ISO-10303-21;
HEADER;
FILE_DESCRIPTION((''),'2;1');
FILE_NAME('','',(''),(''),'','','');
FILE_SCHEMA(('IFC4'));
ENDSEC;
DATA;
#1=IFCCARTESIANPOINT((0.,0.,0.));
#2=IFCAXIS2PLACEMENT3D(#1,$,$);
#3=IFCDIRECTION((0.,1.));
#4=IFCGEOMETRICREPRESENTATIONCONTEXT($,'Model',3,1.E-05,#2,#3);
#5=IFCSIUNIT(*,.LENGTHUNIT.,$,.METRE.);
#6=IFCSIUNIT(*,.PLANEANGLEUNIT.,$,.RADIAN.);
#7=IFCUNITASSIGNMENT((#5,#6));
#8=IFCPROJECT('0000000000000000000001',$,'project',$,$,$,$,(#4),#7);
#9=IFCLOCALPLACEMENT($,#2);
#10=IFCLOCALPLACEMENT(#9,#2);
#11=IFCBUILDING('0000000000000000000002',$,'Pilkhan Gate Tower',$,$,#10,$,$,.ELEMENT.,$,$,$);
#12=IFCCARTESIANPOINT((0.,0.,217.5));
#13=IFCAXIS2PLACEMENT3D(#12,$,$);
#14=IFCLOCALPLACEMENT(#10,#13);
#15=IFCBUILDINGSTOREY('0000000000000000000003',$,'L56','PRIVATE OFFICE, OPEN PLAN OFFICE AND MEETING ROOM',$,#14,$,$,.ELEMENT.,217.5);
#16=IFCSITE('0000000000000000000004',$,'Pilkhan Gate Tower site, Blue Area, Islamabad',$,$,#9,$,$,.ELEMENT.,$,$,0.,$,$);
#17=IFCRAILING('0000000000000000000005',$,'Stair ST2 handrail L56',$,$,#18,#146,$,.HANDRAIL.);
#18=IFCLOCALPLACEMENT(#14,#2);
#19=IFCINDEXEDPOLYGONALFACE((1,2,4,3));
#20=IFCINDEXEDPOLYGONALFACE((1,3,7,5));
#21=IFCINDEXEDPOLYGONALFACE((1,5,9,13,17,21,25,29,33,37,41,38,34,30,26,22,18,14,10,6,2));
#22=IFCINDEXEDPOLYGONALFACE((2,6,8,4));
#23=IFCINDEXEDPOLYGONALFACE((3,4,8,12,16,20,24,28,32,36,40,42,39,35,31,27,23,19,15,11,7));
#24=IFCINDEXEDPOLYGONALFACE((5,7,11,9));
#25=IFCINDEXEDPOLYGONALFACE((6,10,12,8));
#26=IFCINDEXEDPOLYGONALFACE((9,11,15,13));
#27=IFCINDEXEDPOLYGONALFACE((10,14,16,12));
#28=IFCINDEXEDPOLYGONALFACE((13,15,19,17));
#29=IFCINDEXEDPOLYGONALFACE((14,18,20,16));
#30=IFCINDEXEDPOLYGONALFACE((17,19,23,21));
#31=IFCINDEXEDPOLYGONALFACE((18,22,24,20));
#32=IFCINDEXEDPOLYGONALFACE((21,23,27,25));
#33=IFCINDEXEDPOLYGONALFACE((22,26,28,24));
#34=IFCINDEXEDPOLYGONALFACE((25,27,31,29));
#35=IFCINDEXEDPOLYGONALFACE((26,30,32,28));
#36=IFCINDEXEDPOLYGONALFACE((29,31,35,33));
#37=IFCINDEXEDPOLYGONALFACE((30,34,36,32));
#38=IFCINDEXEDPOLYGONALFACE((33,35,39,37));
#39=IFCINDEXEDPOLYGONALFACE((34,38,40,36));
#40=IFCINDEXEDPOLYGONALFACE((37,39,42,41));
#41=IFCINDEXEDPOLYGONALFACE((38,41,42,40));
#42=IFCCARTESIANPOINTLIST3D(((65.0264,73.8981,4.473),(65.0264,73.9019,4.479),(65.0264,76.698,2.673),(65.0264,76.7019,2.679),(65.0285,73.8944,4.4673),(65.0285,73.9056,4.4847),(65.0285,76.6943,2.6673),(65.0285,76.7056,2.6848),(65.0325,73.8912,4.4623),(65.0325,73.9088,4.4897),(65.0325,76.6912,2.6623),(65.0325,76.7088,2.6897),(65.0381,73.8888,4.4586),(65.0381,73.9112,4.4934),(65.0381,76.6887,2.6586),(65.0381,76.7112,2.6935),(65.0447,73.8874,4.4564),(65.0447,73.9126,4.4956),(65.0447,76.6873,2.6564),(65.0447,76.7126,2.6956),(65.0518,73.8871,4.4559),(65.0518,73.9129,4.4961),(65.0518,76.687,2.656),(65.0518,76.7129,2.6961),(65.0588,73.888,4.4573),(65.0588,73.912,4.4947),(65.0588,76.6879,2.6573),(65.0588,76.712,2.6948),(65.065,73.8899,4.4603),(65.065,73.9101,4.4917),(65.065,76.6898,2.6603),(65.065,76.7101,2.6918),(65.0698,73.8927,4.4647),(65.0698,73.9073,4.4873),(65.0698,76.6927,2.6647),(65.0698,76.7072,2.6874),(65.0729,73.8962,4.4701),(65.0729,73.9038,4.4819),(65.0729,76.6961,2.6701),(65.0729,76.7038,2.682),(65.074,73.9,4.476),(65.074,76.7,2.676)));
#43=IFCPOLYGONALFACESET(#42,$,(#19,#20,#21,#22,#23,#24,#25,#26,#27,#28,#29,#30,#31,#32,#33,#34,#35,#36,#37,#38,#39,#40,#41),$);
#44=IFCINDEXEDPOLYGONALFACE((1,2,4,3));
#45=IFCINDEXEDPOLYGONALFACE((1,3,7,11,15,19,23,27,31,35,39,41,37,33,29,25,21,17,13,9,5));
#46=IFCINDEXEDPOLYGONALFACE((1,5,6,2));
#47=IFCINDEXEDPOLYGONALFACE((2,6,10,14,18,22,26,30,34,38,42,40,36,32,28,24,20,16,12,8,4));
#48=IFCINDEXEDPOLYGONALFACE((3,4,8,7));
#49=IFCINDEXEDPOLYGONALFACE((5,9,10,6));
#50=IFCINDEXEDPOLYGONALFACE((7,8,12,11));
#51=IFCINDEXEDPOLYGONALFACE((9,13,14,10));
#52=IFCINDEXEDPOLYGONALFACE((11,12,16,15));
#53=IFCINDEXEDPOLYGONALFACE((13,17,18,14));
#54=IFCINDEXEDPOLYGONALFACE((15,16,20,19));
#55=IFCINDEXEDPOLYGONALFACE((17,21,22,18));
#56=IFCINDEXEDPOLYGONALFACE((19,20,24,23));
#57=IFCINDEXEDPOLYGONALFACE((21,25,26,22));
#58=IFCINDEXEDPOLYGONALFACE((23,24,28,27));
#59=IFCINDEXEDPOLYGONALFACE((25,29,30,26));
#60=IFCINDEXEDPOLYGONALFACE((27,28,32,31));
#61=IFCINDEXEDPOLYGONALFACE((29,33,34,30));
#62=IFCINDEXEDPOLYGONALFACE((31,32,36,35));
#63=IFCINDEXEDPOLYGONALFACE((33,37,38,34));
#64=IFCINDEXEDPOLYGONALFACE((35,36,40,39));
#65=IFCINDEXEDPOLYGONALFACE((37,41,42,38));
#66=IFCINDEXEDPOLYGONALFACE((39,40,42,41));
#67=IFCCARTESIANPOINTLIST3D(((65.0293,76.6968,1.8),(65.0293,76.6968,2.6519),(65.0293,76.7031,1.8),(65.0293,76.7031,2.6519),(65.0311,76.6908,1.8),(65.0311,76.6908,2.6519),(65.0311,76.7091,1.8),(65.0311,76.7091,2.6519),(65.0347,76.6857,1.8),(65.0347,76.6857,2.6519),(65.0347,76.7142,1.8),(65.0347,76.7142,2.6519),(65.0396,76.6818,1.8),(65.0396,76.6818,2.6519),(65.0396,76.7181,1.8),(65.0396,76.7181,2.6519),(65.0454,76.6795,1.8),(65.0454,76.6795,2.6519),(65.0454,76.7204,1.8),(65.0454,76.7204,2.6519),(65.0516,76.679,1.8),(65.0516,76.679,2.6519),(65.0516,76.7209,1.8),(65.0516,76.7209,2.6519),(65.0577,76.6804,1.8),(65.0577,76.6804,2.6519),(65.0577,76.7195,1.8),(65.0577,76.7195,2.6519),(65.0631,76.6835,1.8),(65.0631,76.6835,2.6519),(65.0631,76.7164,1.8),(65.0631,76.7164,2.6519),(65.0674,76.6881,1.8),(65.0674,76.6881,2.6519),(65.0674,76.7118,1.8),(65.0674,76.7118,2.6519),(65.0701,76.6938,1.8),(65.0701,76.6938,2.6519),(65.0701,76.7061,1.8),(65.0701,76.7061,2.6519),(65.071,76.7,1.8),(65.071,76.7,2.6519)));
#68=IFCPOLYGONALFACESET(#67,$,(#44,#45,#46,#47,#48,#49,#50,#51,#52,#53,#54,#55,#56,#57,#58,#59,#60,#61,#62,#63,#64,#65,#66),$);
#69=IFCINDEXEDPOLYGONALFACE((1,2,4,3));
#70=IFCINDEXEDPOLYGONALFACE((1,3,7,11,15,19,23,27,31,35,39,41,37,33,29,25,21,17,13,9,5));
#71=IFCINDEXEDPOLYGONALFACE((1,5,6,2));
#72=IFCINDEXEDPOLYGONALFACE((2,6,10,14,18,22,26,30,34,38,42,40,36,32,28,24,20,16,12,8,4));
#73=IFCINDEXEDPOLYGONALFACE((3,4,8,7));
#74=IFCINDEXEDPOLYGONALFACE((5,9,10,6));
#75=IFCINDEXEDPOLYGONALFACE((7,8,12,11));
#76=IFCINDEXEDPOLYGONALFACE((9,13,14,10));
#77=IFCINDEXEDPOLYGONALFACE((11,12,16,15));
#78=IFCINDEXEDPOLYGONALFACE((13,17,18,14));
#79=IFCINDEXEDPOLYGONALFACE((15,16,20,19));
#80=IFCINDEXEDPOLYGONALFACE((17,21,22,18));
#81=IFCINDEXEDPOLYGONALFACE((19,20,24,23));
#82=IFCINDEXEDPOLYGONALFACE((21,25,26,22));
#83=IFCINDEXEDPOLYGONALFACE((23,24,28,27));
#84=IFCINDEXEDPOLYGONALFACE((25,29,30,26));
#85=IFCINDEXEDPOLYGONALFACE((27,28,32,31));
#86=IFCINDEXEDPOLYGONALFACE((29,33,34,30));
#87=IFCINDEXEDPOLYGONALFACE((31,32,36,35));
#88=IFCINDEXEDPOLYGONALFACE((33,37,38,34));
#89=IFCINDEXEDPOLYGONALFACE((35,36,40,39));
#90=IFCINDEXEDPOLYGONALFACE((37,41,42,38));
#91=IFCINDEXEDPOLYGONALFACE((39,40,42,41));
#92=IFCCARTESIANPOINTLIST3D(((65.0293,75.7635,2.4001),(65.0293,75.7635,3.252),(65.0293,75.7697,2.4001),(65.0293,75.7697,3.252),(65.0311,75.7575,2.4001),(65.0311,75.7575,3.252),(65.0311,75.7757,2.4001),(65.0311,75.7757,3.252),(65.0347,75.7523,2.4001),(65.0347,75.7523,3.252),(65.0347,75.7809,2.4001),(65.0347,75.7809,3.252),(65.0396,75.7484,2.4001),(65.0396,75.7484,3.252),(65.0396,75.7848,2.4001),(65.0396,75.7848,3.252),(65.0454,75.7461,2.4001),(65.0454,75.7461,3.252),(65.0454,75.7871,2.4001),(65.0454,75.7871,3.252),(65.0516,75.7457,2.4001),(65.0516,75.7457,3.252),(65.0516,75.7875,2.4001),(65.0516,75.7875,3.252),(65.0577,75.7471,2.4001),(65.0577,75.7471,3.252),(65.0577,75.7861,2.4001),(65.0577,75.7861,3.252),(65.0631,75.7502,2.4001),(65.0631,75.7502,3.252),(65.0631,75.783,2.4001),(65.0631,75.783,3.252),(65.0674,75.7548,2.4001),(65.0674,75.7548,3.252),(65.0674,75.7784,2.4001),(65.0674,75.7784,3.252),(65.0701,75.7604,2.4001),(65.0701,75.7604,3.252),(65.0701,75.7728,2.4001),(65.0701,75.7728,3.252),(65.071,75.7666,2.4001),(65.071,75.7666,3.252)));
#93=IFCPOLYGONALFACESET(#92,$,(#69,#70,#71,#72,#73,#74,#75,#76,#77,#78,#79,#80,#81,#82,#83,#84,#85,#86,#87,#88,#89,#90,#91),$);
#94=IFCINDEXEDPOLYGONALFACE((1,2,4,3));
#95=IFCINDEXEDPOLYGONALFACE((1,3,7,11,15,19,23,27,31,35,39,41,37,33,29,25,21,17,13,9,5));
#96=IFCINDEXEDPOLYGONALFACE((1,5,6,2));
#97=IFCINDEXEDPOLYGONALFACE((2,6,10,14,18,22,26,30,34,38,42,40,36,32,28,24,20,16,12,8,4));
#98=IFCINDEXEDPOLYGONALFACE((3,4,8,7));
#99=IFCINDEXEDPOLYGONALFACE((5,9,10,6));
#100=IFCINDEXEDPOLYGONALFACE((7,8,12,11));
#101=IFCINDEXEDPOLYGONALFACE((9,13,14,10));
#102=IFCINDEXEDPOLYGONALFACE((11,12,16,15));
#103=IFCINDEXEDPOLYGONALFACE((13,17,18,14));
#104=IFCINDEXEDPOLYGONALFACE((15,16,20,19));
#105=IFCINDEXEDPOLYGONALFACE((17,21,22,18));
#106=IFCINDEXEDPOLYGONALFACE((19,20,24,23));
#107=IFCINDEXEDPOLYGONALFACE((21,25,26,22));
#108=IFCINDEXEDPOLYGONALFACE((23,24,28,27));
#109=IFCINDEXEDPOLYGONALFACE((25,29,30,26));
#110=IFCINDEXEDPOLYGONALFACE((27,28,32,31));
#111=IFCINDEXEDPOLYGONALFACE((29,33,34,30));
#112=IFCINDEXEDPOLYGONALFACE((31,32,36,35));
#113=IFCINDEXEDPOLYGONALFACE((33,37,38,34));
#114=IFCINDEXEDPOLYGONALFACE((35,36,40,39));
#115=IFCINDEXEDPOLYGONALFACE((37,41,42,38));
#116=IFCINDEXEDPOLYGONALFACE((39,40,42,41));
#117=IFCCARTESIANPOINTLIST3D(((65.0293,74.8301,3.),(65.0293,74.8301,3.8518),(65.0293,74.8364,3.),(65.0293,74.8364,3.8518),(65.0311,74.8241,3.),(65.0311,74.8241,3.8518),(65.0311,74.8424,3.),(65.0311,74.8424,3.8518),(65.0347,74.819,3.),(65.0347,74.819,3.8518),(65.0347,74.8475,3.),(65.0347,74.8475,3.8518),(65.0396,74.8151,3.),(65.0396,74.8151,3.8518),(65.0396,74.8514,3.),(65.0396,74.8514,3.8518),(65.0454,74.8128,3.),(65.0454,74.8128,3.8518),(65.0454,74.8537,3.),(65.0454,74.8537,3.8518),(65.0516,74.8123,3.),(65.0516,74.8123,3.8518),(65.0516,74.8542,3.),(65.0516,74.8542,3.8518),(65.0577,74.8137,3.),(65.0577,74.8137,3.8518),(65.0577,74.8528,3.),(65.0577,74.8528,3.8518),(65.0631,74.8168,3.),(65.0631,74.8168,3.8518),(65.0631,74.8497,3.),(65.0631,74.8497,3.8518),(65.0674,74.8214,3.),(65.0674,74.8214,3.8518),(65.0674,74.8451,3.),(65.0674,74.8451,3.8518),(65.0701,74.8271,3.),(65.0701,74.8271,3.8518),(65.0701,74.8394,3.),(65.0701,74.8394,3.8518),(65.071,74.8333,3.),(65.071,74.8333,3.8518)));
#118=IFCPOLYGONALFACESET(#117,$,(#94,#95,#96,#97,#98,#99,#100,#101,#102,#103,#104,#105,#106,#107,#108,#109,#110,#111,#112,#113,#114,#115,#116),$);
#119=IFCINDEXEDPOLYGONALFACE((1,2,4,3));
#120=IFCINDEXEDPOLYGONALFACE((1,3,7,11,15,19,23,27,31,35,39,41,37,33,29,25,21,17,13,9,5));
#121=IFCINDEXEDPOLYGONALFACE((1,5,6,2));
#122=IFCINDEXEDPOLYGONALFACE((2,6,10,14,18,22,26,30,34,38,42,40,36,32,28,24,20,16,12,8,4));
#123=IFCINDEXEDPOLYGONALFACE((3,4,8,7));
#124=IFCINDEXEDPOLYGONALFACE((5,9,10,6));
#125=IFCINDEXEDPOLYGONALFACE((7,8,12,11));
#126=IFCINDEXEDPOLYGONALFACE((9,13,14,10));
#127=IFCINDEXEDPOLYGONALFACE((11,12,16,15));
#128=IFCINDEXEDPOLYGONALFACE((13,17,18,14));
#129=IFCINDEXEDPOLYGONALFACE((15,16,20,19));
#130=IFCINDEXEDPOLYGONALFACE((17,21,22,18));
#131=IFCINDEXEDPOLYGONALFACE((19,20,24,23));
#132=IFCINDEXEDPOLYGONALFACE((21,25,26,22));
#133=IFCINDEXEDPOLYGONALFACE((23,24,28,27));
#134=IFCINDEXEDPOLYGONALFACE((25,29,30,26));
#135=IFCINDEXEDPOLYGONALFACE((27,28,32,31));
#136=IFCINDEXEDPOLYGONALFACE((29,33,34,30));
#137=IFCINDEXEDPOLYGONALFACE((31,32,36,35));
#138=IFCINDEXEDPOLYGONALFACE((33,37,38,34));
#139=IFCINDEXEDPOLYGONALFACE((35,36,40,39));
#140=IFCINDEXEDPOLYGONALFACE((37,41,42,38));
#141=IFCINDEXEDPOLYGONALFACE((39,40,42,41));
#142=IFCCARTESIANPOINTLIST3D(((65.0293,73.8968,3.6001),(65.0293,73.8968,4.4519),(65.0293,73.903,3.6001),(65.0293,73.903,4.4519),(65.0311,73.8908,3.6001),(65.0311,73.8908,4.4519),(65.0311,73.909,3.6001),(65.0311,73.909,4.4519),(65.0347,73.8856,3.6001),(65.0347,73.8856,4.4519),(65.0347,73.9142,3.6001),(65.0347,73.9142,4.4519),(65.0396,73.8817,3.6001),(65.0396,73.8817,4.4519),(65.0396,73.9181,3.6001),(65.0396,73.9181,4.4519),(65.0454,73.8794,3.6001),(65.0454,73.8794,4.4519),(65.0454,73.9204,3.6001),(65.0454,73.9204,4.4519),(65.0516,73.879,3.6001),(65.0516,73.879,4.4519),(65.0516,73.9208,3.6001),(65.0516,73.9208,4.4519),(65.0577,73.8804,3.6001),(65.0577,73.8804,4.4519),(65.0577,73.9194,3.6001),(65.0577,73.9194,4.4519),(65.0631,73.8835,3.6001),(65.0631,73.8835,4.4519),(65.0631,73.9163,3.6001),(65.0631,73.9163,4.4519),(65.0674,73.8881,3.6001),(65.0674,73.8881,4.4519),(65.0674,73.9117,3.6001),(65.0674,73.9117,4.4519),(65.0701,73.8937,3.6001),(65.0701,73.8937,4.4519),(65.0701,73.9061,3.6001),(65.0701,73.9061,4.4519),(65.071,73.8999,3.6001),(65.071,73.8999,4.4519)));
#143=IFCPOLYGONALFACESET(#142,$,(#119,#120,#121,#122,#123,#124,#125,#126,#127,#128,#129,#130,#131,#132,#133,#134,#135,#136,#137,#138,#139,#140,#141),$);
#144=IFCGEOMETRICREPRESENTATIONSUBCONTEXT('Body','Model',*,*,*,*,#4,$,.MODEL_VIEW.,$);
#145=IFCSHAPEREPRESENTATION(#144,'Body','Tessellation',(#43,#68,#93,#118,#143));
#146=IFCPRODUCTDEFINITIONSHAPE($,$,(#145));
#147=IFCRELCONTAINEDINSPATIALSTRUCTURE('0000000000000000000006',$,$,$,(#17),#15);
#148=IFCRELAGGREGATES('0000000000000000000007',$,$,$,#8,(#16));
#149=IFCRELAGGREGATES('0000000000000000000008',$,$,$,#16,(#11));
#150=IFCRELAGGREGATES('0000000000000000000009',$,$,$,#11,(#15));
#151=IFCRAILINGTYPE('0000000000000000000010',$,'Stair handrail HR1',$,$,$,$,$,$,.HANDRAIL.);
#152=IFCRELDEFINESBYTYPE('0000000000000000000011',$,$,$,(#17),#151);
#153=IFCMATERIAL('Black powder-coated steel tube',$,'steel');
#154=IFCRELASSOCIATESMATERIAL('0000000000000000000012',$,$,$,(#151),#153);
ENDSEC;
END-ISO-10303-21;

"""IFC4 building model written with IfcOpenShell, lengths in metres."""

from ifc_helpers import new_model, si_unit, direction, frame, origin, origin_2d, place, context, subcontext, project, spatial, circle, extrude, material, type_object, element, save


model = new_model("IFC4")

# Units and contexts
model_context = context("Model", 3, precision=1e-05, world=origin(), true_north=direction((0.0, 1.0)))
body_context = subcontext(model_context, "Body", "Model", "MODEL_VIEW")
ifc_project = project(units=[si_unit("LENGTHUNIT", "METRE"), si_unit("PLANEANGLEUNIT", "RADIAN")], contexts=[model_context])

# Site, building, storey
site_placement = place(None, origin())
site = spatial("IfcSite", under=ifc_project, at=site_placement, Name="Pilkhan Gate Tower site, Blue Area, Islamabad", CompositionType="ELEMENT", RefElevation=0.0)
building_placement = place(site_placement, origin())
building = spatial("IfcBuilding", under=site, at=building_placement, Name="Pilkhan Gate Tower", CompositionType="ELEMENT")
storey_placement = place(building_placement, frame((0.0, 0.0, 217.5)))
storey = spatial("IfcBuildingStorey", under=building, at=storey_placement, Name="L56", Description="PRIVATE OFFICE, OPEN PLAN OFFICE AND MEETING ROOM", CompositionType="ELEMENT", Elevation=217.5)

# Railing
ifc_material_1 = material(Name="Black powder-coated steel tube", Category="steel")
railing_type_1 = type_object("IfcRailingType", Name="Stair handrail HR1", PredefinedType="HANDRAIL", material=ifc_material_1)
railing_1_placement = place(storey_placement, frame((65.05, 76.7, 1.8)))
element("IfcRailing", 1, at=railing_1_placement, inside=storey, type_object=railing_type_1, Name="Stair ST2 handrail L56", PredefinedType="HANDRAIL", context=body_context, shape_type="SweptSolid", body=[
    extrude(circle(Radius=0.0239, at=origin_2d()), frame((0.0, 0.0, 0.876), z_axis=(0.0, -0.841176, 0.540761), x_axis=(1.0, 0.0, 0.0)), (0.0, 0.0, 1.0), 3.3286),
    extrude(circle(Radius=0.021, at=origin_2d()), origin(), (0.0, 0.0, 1.0), 0.8518),
    extrude(circle(Radius=0.021, at=origin_2d()), frame((0.0, -0.9333, 0.6001)), (0.0, 0.0, 1.0), 0.8518),
    extrude(circle(Radius=0.021, at=origin_2d()), frame((0.0, -1.8667, 1.2)), (0.0, 0.0, 1.0), 0.8518),
    extrude(circle(Radius=0.021, at=origin_2d()), frame((0.0, -2.8, 1.8)), (0.0, 0.0, 1.0), 0.8518),
])

save(model, "model.ifc")
